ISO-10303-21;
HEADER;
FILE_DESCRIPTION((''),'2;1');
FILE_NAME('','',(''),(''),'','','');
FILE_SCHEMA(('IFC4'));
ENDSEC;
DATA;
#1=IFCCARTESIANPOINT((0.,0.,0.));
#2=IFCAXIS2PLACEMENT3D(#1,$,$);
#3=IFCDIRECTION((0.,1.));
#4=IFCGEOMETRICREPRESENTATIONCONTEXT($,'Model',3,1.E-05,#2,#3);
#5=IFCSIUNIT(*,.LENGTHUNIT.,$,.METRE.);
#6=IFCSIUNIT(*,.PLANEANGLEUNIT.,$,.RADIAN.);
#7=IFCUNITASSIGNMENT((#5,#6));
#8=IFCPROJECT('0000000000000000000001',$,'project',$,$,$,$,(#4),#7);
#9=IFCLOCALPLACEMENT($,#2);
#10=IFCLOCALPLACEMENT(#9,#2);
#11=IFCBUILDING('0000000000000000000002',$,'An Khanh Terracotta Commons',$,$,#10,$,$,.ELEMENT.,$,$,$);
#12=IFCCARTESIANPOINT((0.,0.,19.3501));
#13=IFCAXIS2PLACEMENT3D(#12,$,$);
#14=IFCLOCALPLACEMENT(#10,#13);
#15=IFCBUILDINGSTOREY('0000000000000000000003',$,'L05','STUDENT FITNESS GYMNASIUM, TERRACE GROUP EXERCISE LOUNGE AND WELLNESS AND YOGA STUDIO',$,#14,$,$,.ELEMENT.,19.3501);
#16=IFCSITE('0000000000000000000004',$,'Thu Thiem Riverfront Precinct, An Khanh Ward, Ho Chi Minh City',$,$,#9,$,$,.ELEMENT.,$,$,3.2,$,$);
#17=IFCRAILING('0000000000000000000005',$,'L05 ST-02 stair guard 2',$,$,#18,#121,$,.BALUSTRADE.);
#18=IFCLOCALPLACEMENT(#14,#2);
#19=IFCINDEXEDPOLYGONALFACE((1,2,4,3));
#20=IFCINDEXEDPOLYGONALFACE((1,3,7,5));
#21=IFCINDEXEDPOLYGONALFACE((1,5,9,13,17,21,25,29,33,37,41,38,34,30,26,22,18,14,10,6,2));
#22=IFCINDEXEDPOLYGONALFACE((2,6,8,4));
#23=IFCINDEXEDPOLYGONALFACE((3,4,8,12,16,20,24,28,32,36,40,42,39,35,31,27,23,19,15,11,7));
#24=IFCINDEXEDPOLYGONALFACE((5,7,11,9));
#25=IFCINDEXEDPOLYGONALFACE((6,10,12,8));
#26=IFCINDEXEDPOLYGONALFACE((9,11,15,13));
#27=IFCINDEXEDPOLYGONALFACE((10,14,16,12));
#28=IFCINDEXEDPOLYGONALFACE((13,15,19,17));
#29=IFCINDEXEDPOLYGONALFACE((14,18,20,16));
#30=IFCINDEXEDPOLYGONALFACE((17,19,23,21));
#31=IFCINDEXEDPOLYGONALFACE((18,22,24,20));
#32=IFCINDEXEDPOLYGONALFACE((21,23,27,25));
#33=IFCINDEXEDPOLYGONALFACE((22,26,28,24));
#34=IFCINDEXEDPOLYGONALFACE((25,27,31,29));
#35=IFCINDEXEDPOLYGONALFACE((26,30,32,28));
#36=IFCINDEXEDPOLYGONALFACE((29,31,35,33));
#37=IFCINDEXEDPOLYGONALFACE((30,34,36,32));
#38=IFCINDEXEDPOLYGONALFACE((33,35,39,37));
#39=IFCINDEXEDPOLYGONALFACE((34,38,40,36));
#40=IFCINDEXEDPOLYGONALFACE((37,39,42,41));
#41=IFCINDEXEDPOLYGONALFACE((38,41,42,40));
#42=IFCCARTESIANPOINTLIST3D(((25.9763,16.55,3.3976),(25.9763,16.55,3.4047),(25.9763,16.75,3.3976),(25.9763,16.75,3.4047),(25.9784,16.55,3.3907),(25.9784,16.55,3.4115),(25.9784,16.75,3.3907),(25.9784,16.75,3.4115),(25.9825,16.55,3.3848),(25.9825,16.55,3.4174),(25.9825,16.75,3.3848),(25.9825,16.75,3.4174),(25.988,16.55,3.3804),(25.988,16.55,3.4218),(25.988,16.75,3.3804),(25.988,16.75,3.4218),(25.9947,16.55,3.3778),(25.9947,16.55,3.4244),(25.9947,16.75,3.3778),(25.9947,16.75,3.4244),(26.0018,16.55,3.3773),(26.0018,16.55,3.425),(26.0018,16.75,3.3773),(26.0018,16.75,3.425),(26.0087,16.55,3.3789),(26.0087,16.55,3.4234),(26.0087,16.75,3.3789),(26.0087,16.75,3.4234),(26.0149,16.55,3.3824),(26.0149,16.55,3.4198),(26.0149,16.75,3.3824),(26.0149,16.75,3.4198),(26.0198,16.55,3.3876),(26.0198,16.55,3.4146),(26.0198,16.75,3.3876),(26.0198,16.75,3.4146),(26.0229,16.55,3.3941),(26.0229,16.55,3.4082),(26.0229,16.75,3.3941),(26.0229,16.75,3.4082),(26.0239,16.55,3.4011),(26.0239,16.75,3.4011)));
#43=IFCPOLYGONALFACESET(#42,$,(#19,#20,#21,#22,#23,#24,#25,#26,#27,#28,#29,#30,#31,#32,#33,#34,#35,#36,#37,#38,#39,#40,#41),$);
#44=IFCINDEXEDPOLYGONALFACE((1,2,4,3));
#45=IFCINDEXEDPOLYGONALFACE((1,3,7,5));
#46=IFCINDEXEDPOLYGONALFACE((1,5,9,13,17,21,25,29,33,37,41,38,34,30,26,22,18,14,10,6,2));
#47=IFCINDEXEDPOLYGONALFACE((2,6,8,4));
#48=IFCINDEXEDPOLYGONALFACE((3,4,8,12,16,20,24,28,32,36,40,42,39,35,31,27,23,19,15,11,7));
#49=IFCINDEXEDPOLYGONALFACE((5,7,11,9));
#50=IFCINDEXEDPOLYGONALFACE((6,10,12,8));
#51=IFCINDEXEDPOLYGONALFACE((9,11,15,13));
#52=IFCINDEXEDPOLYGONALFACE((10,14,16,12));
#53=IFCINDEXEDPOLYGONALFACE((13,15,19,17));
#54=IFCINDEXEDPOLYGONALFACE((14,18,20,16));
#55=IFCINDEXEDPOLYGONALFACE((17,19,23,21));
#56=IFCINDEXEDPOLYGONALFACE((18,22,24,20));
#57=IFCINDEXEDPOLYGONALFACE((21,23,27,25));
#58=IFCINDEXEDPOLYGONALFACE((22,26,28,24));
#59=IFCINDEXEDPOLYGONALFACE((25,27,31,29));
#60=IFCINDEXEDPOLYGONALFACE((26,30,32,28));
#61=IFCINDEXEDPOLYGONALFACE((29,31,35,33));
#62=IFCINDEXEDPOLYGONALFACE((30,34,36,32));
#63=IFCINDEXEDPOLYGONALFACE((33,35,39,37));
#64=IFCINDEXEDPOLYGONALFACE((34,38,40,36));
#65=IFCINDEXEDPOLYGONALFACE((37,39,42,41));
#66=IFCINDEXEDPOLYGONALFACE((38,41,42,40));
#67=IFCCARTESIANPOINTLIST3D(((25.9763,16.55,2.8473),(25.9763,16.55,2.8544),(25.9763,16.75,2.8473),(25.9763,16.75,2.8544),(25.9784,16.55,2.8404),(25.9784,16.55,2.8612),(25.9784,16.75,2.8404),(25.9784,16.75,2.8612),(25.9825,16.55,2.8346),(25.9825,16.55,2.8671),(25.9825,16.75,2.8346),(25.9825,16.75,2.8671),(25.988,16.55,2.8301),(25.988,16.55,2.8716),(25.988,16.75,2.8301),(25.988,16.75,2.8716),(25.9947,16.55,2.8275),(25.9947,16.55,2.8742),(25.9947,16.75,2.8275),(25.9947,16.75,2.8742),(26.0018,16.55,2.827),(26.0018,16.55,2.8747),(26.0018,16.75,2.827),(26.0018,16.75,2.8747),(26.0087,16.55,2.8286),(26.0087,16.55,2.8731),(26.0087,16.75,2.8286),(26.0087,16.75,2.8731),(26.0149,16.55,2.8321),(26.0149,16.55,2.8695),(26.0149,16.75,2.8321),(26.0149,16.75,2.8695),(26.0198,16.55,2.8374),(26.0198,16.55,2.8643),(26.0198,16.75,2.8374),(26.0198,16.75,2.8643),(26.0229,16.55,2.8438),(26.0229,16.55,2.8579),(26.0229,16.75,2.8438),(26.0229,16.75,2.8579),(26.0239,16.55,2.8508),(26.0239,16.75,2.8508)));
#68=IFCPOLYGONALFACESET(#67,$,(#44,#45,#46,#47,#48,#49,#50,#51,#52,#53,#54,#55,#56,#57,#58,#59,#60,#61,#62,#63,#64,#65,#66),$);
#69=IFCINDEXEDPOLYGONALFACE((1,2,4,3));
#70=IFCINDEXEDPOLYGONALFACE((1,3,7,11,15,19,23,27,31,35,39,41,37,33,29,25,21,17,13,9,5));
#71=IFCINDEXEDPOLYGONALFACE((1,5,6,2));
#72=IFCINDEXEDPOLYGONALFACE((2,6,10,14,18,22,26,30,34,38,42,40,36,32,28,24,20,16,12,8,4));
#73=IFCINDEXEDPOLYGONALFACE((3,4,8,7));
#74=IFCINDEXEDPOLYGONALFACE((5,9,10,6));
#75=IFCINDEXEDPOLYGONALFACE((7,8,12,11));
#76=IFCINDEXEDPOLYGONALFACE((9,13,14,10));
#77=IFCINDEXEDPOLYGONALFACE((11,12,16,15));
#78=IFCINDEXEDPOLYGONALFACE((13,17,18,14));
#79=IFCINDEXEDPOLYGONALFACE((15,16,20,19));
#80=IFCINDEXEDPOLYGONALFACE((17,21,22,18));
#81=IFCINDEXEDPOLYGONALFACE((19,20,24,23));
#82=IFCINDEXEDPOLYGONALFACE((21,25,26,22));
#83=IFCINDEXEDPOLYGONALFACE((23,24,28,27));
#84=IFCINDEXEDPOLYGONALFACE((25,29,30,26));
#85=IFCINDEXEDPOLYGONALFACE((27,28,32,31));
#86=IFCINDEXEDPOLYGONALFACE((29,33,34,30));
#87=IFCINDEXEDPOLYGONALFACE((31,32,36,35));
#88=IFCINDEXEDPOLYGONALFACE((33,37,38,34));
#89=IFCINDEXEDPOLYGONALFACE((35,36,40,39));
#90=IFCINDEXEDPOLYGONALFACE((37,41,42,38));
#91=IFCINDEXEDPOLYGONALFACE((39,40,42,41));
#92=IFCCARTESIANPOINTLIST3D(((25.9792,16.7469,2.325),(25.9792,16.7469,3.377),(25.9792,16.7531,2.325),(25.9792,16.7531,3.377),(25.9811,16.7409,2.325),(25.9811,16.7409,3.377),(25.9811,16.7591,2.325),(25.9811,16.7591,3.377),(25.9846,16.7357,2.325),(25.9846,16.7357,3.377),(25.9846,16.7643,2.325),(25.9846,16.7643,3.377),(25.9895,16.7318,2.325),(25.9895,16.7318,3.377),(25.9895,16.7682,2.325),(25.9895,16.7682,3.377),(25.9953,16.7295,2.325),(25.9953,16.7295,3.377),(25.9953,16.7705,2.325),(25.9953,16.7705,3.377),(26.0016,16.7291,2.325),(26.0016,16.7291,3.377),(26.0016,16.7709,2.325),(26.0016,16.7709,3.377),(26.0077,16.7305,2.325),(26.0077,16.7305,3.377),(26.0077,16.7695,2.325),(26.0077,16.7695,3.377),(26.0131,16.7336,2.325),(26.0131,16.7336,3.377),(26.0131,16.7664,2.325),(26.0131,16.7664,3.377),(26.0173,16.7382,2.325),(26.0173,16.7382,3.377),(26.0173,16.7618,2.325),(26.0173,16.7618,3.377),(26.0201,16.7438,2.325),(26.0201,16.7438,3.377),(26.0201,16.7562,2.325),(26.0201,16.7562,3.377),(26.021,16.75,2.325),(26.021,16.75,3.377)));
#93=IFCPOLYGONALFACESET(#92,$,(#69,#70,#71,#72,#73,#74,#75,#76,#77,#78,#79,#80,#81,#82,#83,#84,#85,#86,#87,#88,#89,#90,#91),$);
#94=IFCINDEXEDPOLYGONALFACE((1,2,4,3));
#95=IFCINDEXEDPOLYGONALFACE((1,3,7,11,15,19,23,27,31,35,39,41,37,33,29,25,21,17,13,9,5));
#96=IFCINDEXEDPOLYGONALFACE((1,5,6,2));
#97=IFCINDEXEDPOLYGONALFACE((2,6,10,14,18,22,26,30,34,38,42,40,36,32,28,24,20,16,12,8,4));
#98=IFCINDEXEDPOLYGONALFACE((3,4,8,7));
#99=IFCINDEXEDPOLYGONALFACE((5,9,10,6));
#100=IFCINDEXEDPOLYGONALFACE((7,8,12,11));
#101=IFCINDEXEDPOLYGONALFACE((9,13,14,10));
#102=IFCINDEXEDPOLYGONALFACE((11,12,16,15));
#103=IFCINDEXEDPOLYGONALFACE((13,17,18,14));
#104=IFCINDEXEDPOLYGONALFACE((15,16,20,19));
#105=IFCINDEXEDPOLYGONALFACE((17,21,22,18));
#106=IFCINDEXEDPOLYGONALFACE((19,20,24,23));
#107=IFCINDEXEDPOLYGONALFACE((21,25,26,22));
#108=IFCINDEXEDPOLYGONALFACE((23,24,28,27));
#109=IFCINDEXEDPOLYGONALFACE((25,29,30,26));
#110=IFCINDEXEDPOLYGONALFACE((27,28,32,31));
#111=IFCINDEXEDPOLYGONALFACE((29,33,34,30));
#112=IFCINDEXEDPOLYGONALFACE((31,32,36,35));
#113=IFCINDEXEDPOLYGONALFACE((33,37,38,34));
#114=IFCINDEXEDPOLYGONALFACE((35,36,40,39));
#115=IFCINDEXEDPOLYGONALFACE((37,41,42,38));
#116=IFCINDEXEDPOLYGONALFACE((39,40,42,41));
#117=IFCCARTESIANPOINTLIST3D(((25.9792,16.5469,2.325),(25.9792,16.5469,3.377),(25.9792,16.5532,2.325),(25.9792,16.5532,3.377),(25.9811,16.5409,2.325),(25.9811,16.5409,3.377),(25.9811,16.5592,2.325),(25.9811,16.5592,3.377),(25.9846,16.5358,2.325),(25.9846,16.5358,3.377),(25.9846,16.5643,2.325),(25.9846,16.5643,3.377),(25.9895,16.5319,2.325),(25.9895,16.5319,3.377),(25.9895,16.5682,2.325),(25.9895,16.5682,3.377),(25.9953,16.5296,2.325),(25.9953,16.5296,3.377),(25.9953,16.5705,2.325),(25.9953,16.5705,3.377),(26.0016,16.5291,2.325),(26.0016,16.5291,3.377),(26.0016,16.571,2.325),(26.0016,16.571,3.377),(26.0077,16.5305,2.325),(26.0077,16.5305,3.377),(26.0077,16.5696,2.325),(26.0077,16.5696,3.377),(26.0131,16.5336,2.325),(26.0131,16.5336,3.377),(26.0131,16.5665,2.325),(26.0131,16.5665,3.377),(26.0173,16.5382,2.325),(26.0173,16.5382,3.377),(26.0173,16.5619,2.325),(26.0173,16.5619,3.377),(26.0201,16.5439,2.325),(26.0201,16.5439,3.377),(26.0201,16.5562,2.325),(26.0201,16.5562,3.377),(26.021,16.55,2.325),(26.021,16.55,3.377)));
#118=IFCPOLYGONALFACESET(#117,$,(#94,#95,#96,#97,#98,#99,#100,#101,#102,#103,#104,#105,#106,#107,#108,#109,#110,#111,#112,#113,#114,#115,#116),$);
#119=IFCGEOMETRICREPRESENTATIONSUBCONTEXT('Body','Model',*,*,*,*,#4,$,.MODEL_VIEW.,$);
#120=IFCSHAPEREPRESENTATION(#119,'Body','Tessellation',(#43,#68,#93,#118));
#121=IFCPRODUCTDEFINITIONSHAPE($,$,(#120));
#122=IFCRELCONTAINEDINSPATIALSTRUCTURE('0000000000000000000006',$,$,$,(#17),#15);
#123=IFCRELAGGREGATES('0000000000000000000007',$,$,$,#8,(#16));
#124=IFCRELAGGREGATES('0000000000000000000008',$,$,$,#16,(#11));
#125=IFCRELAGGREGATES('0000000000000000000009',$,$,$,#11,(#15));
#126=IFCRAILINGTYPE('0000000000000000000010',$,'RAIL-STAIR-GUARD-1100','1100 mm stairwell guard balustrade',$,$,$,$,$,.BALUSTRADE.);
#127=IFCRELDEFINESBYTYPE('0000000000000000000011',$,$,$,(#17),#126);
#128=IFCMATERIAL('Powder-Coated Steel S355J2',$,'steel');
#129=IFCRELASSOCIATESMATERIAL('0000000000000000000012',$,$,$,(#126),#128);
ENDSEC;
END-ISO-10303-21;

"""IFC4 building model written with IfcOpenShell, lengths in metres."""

from ifc_helpers import new_model, si_unit, direction, frame, origin, origin_2d, place, context, subcontext, project, spatial, circle, extrude, material, type_object, element, save


model = new_model("IFC4")

# Units and contexts
model_context = context("Model", 3, precision=1e-05, world=origin(), true_north=direction((0.0, 1.0)))
body_context = subcontext(model_context, "Body", "Model", "MODEL_VIEW")
ifc_project = project(units=[si_unit("LENGTHUNIT", "METRE"), si_unit("PLANEANGLEUNIT", "RADIAN")], contexts=[model_context])

# Site, building, storey
site_placement = place(None, origin())
site = spatial("IfcSite", under=ifc_project, at=site_placement, Name="Thu Thiem Riverfront Precinct, An Khanh Ward, Ho Chi Minh City", CompositionType="ELEMENT", RefElevation=3.2)
building_placement = place(site_placement, origin())
building = spatial("IfcBuilding", under=site, at=building_placement, Name="An Khanh Terracotta Commons", CompositionType="ELEMENT")
storey_placement = place(building_placement, frame((0.0, 0.0, 19.3501)))
storey = spatial("IfcBuildingStorey", under=building, at=storey_placement, Name="L05", Description="STUDENT FITNESS GYMNASIUM, TERRACE GROUP EXERCISE LOUNGE AND WELLNESS AND YOGA STUDIO", CompositionType="ELEMENT", Elevation=19.3501)

# Railing
ifc_material_1 = material(Name="Powder-Coated Steel S355J2", Category="steel")
railing_type_1 = type_object("IfcRailingType", Name="RAIL-STAIR-GUARD-1100", Description="1100 mm stairwell guard balustrade", PredefinedType="BALUSTRADE", material=ifc_material_1)
railing_1_placement = place(storey_placement, frame((26.0, 16.75, 2.325)))
element("IfcRailing", 1, at=railing_1_placement, inside=storey, type_object=railing_type_1, Name="L05 ST-02 stair guard 2", PredefinedType="BALUSTRADE", context=body_context, shape_type="SweptSolid", body=[
    extrude(circle(Radius=0.0239, at=origin_2d()), frame((0.0, 0.0, 1.0762), z_axis=(0.0, -1.0, 0.0), x_axis=(1.0, 0.0, 0.0)), (0.0, 0.0, 1.0), 0.2),
    extrude(circle(Radius=0.0239, at=origin_2d()), frame((0.0, 0.0, 0.5259), z_axis=(0.0, -1.0, 0.0), x_axis=(1.0, 0.0, 0.0)), (0.0, 0.0, 1.0), 0.2),
    extrude(circle(Radius=0.021, at=origin_2d()), origin(), (0.0, 0.0, 1.0), 1.052),
    extrude(circle(Radius=0.021, at=origin_2d()), frame((0.0, -0.2, 0.0)), (0.0, 0.0, 1.0), 1.052),
])

save(model, "model.ifc")
